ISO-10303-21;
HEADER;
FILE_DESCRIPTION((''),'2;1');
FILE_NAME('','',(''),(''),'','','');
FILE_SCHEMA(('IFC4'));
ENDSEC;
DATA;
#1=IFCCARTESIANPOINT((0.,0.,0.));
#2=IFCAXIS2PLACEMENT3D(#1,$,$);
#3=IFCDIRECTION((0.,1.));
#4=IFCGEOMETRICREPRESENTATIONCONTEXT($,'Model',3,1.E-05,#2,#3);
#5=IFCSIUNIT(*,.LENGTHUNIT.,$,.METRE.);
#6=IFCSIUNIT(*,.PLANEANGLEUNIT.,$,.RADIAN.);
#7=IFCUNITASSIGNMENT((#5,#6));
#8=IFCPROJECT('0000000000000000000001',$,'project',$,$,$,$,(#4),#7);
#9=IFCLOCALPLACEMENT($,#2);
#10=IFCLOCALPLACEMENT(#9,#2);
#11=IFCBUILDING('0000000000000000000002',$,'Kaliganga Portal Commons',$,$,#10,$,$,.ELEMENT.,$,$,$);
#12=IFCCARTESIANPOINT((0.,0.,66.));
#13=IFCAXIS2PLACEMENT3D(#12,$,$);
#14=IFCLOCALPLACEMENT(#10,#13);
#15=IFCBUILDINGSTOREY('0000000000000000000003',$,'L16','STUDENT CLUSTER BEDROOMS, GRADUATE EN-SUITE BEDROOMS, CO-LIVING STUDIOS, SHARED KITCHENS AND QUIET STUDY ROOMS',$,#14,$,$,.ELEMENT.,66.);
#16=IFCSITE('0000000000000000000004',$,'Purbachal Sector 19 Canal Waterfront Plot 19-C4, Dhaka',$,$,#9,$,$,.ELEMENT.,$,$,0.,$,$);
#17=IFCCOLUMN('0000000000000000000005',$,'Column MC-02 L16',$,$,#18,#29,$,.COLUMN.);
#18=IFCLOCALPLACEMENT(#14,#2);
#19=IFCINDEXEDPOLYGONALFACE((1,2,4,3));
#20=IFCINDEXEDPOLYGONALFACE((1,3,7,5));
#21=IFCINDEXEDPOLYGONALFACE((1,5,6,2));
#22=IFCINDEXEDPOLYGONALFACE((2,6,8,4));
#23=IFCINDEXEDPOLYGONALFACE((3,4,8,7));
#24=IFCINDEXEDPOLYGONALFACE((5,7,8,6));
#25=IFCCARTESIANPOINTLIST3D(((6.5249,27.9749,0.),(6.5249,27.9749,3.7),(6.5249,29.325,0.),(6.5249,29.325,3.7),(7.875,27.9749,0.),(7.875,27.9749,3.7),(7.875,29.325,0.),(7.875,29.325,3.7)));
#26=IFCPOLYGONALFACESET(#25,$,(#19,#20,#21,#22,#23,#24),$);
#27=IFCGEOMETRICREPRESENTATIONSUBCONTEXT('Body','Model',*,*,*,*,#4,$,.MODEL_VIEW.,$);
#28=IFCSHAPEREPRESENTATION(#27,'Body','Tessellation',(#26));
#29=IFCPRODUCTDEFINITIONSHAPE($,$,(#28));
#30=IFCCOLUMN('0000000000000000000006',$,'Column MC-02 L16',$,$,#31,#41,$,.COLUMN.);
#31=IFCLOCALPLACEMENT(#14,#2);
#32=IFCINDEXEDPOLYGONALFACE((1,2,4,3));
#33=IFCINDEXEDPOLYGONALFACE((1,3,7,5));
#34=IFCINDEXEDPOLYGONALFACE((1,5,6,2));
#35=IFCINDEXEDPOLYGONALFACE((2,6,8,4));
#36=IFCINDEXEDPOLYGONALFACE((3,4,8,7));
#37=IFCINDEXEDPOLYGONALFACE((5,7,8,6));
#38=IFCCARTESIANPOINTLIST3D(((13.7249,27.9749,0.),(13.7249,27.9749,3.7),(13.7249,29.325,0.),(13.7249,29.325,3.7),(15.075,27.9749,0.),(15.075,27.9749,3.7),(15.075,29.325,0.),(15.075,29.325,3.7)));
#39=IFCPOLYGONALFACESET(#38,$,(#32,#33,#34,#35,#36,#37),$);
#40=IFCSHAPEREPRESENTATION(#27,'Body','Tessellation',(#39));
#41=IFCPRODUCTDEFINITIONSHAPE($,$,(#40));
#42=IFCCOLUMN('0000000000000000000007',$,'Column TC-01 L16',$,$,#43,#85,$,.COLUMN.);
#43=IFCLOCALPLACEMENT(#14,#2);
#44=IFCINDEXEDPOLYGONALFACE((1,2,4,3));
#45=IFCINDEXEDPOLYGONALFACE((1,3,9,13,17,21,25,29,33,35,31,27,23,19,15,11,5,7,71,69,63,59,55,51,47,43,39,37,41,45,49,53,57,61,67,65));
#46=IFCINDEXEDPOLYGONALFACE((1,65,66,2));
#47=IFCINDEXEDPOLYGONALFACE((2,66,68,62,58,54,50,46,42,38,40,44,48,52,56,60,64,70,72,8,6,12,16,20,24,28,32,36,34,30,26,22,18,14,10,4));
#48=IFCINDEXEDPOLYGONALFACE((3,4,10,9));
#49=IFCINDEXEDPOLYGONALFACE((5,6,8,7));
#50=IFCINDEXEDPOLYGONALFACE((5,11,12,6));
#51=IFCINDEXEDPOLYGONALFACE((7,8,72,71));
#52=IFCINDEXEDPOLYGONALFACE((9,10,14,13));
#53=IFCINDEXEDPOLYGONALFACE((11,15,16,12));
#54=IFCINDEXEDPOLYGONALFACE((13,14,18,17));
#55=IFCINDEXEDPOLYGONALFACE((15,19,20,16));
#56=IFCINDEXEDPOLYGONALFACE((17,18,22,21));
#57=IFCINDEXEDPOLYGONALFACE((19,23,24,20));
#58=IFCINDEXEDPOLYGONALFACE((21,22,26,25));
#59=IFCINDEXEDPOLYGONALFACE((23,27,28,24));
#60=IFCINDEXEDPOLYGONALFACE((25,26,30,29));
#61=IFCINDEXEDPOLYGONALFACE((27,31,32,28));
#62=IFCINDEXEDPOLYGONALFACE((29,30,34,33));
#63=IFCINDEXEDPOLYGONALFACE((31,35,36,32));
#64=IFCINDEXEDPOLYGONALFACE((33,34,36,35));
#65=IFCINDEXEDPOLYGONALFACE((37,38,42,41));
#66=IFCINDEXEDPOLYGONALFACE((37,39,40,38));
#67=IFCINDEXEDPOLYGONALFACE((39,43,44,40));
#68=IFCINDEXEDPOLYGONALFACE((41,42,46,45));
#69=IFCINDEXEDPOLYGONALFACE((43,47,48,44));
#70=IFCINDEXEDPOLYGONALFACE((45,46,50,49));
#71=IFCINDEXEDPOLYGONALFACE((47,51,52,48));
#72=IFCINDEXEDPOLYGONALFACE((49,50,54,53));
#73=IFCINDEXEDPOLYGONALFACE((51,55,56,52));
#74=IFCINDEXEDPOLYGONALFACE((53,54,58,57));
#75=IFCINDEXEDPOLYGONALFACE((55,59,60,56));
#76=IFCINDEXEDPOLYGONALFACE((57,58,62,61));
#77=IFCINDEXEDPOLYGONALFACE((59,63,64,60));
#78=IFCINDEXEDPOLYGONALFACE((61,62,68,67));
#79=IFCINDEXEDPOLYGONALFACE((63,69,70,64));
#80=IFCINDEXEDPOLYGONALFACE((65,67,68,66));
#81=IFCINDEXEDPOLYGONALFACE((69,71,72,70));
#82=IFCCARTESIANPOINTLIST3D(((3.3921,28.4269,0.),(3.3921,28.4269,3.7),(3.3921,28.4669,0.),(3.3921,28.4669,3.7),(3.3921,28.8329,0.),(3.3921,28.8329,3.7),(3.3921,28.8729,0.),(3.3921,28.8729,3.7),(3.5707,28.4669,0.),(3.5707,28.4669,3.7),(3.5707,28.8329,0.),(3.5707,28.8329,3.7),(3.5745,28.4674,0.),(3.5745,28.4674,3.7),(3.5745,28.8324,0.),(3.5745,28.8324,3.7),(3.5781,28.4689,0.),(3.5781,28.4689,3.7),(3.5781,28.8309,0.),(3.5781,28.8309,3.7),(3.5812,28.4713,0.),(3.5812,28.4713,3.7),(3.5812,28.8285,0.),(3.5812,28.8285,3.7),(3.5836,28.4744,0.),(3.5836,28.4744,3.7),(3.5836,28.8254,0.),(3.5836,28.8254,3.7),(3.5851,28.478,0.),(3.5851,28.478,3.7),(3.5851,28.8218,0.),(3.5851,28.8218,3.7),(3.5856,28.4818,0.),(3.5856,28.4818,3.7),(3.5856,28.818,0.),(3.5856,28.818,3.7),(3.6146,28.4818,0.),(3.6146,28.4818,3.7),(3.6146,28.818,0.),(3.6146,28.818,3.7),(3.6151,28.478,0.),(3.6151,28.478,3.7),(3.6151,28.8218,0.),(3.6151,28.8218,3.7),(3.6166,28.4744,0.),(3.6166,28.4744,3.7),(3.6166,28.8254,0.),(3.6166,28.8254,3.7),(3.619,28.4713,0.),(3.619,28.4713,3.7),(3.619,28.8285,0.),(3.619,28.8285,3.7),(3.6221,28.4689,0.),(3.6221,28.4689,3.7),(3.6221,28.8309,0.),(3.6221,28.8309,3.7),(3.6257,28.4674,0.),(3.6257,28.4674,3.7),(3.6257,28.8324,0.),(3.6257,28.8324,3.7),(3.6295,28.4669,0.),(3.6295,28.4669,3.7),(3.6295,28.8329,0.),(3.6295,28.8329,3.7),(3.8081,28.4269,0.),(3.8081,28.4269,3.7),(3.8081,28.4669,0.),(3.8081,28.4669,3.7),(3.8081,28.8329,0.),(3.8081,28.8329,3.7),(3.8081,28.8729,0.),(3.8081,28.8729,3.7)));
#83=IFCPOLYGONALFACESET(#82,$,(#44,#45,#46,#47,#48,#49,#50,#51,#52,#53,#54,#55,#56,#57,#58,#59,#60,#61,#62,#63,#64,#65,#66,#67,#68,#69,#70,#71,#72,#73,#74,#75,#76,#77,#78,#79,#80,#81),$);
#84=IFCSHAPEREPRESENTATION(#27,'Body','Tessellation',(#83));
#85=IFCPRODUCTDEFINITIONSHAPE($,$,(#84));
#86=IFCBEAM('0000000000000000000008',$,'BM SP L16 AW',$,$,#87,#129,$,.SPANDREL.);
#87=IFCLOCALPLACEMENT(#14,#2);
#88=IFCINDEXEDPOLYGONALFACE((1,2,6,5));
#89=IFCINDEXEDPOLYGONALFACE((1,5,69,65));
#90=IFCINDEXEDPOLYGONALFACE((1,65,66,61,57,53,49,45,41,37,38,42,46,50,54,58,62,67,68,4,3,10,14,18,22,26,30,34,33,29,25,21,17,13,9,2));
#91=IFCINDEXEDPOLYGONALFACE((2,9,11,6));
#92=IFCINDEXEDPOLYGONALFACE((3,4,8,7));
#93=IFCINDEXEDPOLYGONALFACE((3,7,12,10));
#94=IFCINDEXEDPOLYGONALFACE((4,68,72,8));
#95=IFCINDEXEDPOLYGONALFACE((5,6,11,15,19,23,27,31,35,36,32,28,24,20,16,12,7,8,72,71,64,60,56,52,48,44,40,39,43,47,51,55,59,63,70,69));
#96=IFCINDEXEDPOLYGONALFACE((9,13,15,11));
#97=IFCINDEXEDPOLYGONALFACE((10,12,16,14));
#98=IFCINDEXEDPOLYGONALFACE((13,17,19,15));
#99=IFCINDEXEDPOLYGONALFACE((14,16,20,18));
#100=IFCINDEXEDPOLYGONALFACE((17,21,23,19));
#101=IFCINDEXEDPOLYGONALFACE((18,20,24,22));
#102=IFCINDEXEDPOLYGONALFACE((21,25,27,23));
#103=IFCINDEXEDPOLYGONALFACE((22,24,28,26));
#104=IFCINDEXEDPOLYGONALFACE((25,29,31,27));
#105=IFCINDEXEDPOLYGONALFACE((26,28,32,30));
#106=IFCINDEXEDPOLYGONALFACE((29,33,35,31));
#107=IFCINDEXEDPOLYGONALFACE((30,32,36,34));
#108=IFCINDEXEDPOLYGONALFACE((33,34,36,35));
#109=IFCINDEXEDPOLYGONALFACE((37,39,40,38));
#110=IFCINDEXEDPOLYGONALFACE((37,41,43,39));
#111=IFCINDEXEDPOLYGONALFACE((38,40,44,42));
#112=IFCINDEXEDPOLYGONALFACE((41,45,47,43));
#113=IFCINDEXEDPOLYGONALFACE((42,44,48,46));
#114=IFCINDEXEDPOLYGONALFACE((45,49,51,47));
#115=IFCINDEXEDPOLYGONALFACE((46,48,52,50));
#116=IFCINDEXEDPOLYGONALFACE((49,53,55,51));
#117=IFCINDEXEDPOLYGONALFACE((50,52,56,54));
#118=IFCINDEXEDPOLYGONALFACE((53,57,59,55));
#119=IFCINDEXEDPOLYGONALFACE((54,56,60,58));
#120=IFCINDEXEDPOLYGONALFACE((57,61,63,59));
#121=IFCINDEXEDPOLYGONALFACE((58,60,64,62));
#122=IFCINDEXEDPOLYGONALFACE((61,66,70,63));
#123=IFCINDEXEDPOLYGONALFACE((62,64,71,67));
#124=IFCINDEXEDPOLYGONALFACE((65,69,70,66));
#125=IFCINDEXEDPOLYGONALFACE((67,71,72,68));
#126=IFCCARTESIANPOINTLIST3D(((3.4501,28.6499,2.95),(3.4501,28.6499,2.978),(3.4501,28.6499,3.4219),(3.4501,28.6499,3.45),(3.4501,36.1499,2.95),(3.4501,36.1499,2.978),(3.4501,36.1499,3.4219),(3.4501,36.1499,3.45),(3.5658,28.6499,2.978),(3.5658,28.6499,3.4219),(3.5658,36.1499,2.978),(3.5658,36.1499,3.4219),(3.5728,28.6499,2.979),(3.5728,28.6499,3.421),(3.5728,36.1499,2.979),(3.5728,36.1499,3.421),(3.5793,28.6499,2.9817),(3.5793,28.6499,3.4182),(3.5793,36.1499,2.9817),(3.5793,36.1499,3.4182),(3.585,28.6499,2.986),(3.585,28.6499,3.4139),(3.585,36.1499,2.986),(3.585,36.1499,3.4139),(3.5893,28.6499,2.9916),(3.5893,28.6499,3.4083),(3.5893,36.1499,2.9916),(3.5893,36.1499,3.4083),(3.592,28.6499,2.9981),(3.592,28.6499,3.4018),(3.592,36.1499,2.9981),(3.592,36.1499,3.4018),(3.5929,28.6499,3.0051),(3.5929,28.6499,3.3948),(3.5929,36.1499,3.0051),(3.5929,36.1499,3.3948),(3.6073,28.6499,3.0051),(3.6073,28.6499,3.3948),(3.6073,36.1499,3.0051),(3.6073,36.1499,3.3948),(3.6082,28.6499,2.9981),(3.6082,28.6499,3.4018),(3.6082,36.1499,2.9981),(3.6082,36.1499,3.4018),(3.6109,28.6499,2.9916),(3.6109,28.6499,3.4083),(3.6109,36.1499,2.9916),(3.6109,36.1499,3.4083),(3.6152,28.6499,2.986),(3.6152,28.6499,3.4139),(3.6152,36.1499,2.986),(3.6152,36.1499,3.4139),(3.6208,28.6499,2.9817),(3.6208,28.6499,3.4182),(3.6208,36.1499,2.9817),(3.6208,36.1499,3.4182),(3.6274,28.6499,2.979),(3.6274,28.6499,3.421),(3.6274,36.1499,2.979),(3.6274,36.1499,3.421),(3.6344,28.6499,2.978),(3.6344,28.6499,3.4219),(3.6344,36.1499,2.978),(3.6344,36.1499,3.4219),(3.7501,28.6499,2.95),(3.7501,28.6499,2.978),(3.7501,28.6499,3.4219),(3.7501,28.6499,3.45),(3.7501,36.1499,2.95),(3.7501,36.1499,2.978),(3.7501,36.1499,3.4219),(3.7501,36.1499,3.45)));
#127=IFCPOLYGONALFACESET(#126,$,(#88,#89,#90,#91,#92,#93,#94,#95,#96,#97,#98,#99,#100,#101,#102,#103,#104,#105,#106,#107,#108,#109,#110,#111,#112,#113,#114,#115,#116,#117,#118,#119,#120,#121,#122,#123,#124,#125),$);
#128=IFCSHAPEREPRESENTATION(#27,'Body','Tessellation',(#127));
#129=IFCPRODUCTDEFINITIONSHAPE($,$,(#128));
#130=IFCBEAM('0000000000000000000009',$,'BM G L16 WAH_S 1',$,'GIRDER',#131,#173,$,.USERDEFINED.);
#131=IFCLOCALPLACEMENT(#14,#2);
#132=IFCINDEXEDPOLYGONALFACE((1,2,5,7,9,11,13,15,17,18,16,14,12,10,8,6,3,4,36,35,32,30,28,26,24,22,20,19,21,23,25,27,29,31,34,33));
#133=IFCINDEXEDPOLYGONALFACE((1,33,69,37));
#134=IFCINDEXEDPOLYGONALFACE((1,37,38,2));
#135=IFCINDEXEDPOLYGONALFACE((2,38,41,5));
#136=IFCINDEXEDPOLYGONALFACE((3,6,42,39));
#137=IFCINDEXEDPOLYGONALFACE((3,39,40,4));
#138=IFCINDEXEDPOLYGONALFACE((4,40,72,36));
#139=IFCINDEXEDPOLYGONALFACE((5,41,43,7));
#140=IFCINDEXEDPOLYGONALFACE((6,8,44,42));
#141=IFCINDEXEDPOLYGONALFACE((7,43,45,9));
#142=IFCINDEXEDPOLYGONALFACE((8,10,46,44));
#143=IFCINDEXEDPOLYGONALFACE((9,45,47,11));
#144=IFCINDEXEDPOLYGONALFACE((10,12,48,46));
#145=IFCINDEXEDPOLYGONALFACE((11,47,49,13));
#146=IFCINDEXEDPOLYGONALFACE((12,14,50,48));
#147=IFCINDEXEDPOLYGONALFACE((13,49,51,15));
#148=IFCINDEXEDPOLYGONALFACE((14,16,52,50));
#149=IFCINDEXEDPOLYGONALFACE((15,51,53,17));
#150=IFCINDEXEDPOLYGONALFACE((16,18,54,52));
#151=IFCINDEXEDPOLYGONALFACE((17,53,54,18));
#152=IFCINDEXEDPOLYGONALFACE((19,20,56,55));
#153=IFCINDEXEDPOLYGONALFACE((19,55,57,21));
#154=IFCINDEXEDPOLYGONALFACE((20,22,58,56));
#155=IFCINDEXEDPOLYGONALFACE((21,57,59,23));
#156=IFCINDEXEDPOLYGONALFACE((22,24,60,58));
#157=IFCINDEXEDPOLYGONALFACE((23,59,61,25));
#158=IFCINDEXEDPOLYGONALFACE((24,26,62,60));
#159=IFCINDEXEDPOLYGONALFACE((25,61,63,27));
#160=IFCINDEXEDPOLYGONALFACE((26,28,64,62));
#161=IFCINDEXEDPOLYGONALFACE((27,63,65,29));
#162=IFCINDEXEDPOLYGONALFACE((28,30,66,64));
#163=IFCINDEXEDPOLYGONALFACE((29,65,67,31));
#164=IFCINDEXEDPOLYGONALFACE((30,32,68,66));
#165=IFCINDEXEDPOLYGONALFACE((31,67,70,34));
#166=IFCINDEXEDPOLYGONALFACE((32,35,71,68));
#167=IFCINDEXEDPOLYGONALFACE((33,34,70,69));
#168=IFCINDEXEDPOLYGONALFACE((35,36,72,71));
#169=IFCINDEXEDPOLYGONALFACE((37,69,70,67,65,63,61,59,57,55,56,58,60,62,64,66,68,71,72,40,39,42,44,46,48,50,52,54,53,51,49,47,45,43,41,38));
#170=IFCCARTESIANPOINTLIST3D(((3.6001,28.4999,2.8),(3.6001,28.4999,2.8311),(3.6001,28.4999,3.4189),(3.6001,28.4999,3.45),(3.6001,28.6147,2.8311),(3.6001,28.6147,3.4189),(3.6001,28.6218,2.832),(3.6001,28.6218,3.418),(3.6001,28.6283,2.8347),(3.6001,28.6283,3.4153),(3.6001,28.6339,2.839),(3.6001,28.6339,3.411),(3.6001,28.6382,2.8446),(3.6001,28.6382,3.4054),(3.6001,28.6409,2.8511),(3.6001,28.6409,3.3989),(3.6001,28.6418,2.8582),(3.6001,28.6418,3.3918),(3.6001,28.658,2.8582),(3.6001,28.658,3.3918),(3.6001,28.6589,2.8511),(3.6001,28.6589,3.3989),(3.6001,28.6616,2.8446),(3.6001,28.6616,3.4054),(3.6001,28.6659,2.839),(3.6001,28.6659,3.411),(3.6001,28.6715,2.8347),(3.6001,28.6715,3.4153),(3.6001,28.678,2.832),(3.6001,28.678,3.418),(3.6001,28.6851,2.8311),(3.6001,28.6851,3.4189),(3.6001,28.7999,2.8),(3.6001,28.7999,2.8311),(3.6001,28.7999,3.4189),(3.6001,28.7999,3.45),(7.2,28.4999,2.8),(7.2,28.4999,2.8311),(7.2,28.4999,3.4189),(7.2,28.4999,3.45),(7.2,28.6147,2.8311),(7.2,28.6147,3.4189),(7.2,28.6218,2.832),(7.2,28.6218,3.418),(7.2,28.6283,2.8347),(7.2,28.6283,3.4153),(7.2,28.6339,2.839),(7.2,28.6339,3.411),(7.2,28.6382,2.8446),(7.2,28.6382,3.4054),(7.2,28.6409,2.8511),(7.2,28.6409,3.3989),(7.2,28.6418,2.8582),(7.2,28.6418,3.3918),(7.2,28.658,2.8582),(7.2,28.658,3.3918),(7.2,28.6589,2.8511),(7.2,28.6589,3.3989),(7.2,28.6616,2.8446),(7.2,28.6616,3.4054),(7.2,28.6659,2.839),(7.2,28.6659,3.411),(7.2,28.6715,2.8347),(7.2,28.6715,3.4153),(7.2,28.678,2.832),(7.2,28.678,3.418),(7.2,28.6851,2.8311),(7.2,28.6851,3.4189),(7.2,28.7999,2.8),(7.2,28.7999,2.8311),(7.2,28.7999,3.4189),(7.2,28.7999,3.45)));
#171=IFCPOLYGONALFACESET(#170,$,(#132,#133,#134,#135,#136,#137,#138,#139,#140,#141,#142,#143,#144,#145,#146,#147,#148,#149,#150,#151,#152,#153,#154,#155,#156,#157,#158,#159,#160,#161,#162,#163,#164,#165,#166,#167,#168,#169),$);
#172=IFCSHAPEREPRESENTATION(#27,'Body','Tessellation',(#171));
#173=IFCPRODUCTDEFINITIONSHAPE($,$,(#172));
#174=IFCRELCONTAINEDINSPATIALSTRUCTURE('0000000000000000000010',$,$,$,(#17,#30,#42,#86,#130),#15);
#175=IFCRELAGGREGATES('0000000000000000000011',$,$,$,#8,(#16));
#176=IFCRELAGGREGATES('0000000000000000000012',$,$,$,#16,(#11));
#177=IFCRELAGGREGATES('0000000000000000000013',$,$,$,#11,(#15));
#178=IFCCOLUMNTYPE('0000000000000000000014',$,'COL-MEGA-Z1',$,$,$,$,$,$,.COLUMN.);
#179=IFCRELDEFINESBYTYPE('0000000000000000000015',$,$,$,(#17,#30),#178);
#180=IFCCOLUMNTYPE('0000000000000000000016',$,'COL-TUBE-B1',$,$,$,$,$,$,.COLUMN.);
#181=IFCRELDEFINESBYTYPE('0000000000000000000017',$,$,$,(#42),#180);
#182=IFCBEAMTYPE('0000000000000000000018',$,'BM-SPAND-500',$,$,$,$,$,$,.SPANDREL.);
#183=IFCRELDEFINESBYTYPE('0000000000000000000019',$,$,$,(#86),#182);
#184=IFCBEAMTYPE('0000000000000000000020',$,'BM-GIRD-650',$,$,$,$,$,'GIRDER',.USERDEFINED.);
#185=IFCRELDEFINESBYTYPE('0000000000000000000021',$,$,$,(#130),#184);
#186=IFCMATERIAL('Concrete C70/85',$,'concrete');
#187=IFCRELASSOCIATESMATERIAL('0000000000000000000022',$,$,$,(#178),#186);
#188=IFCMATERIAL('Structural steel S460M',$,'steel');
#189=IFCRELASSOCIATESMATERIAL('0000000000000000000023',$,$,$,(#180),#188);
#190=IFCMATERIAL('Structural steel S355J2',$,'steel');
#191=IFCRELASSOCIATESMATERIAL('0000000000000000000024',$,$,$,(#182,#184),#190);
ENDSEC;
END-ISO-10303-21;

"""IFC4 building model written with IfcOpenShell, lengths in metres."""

from ifc_helpers import new_model, si_unit, direction, frame, origin, origin_2d, place, context, subcontext, project, spatial, rectangle, i_section, extrude, source, transform, mapped, material, material_profile, profile_set, type_object, element, save


model = new_model("IFC4")

# Units and contexts
model_context = context("Model", 3, precision=1e-05, world=origin(), true_north=direction((0.0, 1.0)))
body_context = subcontext(model_context, "Body", "Model", "MODEL_VIEW")
ifc_project = project(units=[si_unit("LENGTHUNIT", "METRE"), si_unit("PLANEANGLEUNIT", "RADIAN")], contexts=[model_context])

# Site, building, storey
site_placement = place(None, origin())
site = spatial("IfcSite", under=ifc_project, at=site_placement, Name="Purbachal Sector 19 Canal Waterfront Plot 19-C4, Dhaka", CompositionType="ELEMENT", RefElevation=0.0)
building_placement = place(site_placement, origin())
building = spatial("IfcBuilding", under=site, at=building_placement, Name="Kaliganga Portal Commons", CompositionType="ELEMENT")
storey_placement = place(building_placement, frame((0.0, 0.0, 66.0)))
storey = spatial("IfcBuildingStorey", under=building, at=storey_placement, Name="L16", Description="STUDENT CLUSTER BEDROOMS, GRADUATE EN-SUITE BEDROOMS, CO-LIVING STUDIOS, SHARED KITCHENS AND QUIET STUDY ROOMS", CompositionType="ELEMENT", Elevation=66.0)

# Columns
ifc_material_1 = material(Name="Concrete C70/85", Category="concrete")
ifc_material_profile_1 = material_profile(ifc_material_1, rectangle(XDim=1.3501, YDim=1.3501, at=origin_2d()), Name="RC 1350x1350")
ifc_profile_set_1 = profile_set([ifc_material_profile_1], Name="Concrete C70/85")
column_type_1 = type_object("IfcColumnType", Name="COL-MEGA-Z1", PredefinedType="COLUMN", material=ifc_profile_set_1)
shared_shape_1 = source(origin(), body_context, "Body", "SweptSolid", [
    extrude(rectangle(XDim=1.3501, YDim=1.3501, at=origin_2d()), origin(), (0.0, 0.0, 1.0), 3.7),
])
for number, where, z_axis, x_axis, name in (
    (1, (7.2, 28.6499, 0.0), (0.0, 0.0, 1.0), (1.0, 0.0, 0.0), "Column MC-02 L16"),
    (2, (14.3999, 28.6499, 0.0), (0.0, 0.0, 1.0), (1.0, 0.0, 0.0), "Column MC-02 L16"),
):
    element("IfcColumn", number, at=place(storey_placement, frame(where, z_axis=z_axis, x_axis=x_axis)), inside=storey, type_object=column_type_1, Name=name, PredefinedType="COLUMN", context=body_context, shape_type="MappedRepresentation", body=[
        mapped(shared_shape_1, transform((0.0, 0.0, 0.0), x_axis=(1.0, 0.0, 0.0), y_axis=(0.0, 1.0, 0.0), z_axis=(0.0, 0.0, 1.0), scale=1.0)),
    ])
ifc_material_2 = material(Name="Structural steel S460M", Category="steel")
ifc_material_profile_2 = material_profile(ifc_material_2, i_section(OverallWidth=0.416, OverallDepth=0.446, WebThickness=0.0291, FlangeThickness=0.04, FilletRadius=0.0149, at=origin_2d()), Name="HD 400x509")
ifc_profile_set_2 = profile_set([ifc_material_profile_2], Name="Structural steel S460M wide-flange")
column_type_2 = type_object("IfcColumnType", Name="COL-TUBE-B1", PredefinedType="COLUMN", material=ifc_profile_set_2)
shared_shape_2 = source(origin(), body_context, "Body", "SweptSolid", [
    extrude(i_section(OverallWidth=0.416, OverallDepth=0.446, WebThickness=0.0291, FlangeThickness=0.04, FilletRadius=0.0149, at=origin_2d()), origin(), (0.0, 0.0, 1.0), 3.7),
])
column_placement = place(storey_placement, frame((3.6001, 28.6499, 0.0), z_axis=(0.0, 0.0, 1.0), x_axis=(1.0, 0.0, 0.0)))
element("IfcColumn", 3, at=column_placement, inside=storey, type_object=column_type_2, Name="Column TC-01 L16", PredefinedType="COLUMN", context=body_context, shape_type="MappedRepresentation", body=[
    mapped(shared_shape_2, transform((0.0, 0.0, 0.0), x_axis=(1.0, 0.0, 0.0), y_axis=(0.0, 1.0, 0.0), z_axis=(0.0, 0.0, 1.0), scale=1.0)),
])

# Beams
ifc_material_3 = material(Name="Structural steel S355J2", Category="steel")
ifc_material_profile_3 = material_profile(ifc_material_3, i_section(OverallWidth=0.3, OverallDepth=0.5, WebThickness=0.0144, FlangeThickness=0.0281, FilletRadius=0.0271, at=origin_2d()), Name="HE 500 B")
ifc_profile_set_3 = profile_set([ifc_material_profile_3], Name="Structural steel S355J2 wide-flange")
beam_type_1 = type_object("IfcBeamType", Name="BM-SPAND-500", PredefinedType="SPANDREL", material=ifc_profile_set_3)
shared_shape_3 = source(origin(), body_context, "Body", "SweptSolid", [
    extrude(i_section(OverallWidth=0.3, OverallDepth=0.5, WebThickness=0.0144, FlangeThickness=0.0281, FilletRadius=0.0271, at=origin_2d()), origin(), (0.0, 0.0, 1.0), 7.5),
])
beam_1_placement = place(storey_placement, frame((3.6001, 28.6499, 3.2), z_axis=(0.0, 1.0, 0.0), x_axis=(-1.0, 0.0, 0.0)))
element("IfcBeam", 4, at=beam_1_placement, inside=storey, type_object=beam_type_1, Name="BM SP L16 AW", PredefinedType="SPANDREL", context=body_context, shape_type="MappedRepresentation", body=[
    mapped(shared_shape_3, transform((0.0, 0.0, 0.0), x_axis=(1.0, 0.0, 0.0), y_axis=(0.0, 1.0, 0.0), z_axis=(0.0, 0.0, 1.0), scale=1.0)),
])
ifc_material_profile_4 = material_profile(ifc_material_3, i_section(OverallWidth=0.3, OverallDepth=0.6499, WebThickness=0.0161, FlangeThickness=0.031, FilletRadius=0.0271, at=origin_2d()), Name="HE 650 B")
ifc_profile_set_4 = profile_set([ifc_material_profile_4], Name="Structural steel S355J2 wide-flange")
beam_type_2 = type_object("IfcBeamType", Name="BM-GIRD-650", ElementType="GIRDER", PredefinedType="USERDEFINED", material=ifc_profile_set_4)
shared_shape_4 = source(origin(), body_context, "Body", "SweptSolid", [
    extrude(i_section(OverallWidth=0.3, OverallDepth=0.6499, WebThickness=0.0161, FlangeThickness=0.031, FilletRadius=0.0271, at=origin_2d()), origin(), (0.0, 0.0, 1.0), 3.5999),
])
beam_2_placement = place(storey_placement, frame((3.6001, 28.6499, 3.125), z_axis=(1.0, 0.0, 0.0), x_axis=(0.0, 1.0, 0.0)))
element("IfcBeam", 5, at=beam_2_placement, inside=storey, type_object=beam_type_2, Name="BM G L16 WAH_S 1", ObjectType="GIRDER", PredefinedType="USERDEFINED", context=body_context, shape_type="MappedRepresentation", body=[
    mapped(shared_shape_4, transform((0.0, 0.0, 0.0), x_axis=(1.0, 0.0, 0.0), y_axis=(0.0, 1.0, 0.0), z_axis=(0.0, 0.0, 1.0), scale=1.0)),
])

save(model, "model.ifc")
